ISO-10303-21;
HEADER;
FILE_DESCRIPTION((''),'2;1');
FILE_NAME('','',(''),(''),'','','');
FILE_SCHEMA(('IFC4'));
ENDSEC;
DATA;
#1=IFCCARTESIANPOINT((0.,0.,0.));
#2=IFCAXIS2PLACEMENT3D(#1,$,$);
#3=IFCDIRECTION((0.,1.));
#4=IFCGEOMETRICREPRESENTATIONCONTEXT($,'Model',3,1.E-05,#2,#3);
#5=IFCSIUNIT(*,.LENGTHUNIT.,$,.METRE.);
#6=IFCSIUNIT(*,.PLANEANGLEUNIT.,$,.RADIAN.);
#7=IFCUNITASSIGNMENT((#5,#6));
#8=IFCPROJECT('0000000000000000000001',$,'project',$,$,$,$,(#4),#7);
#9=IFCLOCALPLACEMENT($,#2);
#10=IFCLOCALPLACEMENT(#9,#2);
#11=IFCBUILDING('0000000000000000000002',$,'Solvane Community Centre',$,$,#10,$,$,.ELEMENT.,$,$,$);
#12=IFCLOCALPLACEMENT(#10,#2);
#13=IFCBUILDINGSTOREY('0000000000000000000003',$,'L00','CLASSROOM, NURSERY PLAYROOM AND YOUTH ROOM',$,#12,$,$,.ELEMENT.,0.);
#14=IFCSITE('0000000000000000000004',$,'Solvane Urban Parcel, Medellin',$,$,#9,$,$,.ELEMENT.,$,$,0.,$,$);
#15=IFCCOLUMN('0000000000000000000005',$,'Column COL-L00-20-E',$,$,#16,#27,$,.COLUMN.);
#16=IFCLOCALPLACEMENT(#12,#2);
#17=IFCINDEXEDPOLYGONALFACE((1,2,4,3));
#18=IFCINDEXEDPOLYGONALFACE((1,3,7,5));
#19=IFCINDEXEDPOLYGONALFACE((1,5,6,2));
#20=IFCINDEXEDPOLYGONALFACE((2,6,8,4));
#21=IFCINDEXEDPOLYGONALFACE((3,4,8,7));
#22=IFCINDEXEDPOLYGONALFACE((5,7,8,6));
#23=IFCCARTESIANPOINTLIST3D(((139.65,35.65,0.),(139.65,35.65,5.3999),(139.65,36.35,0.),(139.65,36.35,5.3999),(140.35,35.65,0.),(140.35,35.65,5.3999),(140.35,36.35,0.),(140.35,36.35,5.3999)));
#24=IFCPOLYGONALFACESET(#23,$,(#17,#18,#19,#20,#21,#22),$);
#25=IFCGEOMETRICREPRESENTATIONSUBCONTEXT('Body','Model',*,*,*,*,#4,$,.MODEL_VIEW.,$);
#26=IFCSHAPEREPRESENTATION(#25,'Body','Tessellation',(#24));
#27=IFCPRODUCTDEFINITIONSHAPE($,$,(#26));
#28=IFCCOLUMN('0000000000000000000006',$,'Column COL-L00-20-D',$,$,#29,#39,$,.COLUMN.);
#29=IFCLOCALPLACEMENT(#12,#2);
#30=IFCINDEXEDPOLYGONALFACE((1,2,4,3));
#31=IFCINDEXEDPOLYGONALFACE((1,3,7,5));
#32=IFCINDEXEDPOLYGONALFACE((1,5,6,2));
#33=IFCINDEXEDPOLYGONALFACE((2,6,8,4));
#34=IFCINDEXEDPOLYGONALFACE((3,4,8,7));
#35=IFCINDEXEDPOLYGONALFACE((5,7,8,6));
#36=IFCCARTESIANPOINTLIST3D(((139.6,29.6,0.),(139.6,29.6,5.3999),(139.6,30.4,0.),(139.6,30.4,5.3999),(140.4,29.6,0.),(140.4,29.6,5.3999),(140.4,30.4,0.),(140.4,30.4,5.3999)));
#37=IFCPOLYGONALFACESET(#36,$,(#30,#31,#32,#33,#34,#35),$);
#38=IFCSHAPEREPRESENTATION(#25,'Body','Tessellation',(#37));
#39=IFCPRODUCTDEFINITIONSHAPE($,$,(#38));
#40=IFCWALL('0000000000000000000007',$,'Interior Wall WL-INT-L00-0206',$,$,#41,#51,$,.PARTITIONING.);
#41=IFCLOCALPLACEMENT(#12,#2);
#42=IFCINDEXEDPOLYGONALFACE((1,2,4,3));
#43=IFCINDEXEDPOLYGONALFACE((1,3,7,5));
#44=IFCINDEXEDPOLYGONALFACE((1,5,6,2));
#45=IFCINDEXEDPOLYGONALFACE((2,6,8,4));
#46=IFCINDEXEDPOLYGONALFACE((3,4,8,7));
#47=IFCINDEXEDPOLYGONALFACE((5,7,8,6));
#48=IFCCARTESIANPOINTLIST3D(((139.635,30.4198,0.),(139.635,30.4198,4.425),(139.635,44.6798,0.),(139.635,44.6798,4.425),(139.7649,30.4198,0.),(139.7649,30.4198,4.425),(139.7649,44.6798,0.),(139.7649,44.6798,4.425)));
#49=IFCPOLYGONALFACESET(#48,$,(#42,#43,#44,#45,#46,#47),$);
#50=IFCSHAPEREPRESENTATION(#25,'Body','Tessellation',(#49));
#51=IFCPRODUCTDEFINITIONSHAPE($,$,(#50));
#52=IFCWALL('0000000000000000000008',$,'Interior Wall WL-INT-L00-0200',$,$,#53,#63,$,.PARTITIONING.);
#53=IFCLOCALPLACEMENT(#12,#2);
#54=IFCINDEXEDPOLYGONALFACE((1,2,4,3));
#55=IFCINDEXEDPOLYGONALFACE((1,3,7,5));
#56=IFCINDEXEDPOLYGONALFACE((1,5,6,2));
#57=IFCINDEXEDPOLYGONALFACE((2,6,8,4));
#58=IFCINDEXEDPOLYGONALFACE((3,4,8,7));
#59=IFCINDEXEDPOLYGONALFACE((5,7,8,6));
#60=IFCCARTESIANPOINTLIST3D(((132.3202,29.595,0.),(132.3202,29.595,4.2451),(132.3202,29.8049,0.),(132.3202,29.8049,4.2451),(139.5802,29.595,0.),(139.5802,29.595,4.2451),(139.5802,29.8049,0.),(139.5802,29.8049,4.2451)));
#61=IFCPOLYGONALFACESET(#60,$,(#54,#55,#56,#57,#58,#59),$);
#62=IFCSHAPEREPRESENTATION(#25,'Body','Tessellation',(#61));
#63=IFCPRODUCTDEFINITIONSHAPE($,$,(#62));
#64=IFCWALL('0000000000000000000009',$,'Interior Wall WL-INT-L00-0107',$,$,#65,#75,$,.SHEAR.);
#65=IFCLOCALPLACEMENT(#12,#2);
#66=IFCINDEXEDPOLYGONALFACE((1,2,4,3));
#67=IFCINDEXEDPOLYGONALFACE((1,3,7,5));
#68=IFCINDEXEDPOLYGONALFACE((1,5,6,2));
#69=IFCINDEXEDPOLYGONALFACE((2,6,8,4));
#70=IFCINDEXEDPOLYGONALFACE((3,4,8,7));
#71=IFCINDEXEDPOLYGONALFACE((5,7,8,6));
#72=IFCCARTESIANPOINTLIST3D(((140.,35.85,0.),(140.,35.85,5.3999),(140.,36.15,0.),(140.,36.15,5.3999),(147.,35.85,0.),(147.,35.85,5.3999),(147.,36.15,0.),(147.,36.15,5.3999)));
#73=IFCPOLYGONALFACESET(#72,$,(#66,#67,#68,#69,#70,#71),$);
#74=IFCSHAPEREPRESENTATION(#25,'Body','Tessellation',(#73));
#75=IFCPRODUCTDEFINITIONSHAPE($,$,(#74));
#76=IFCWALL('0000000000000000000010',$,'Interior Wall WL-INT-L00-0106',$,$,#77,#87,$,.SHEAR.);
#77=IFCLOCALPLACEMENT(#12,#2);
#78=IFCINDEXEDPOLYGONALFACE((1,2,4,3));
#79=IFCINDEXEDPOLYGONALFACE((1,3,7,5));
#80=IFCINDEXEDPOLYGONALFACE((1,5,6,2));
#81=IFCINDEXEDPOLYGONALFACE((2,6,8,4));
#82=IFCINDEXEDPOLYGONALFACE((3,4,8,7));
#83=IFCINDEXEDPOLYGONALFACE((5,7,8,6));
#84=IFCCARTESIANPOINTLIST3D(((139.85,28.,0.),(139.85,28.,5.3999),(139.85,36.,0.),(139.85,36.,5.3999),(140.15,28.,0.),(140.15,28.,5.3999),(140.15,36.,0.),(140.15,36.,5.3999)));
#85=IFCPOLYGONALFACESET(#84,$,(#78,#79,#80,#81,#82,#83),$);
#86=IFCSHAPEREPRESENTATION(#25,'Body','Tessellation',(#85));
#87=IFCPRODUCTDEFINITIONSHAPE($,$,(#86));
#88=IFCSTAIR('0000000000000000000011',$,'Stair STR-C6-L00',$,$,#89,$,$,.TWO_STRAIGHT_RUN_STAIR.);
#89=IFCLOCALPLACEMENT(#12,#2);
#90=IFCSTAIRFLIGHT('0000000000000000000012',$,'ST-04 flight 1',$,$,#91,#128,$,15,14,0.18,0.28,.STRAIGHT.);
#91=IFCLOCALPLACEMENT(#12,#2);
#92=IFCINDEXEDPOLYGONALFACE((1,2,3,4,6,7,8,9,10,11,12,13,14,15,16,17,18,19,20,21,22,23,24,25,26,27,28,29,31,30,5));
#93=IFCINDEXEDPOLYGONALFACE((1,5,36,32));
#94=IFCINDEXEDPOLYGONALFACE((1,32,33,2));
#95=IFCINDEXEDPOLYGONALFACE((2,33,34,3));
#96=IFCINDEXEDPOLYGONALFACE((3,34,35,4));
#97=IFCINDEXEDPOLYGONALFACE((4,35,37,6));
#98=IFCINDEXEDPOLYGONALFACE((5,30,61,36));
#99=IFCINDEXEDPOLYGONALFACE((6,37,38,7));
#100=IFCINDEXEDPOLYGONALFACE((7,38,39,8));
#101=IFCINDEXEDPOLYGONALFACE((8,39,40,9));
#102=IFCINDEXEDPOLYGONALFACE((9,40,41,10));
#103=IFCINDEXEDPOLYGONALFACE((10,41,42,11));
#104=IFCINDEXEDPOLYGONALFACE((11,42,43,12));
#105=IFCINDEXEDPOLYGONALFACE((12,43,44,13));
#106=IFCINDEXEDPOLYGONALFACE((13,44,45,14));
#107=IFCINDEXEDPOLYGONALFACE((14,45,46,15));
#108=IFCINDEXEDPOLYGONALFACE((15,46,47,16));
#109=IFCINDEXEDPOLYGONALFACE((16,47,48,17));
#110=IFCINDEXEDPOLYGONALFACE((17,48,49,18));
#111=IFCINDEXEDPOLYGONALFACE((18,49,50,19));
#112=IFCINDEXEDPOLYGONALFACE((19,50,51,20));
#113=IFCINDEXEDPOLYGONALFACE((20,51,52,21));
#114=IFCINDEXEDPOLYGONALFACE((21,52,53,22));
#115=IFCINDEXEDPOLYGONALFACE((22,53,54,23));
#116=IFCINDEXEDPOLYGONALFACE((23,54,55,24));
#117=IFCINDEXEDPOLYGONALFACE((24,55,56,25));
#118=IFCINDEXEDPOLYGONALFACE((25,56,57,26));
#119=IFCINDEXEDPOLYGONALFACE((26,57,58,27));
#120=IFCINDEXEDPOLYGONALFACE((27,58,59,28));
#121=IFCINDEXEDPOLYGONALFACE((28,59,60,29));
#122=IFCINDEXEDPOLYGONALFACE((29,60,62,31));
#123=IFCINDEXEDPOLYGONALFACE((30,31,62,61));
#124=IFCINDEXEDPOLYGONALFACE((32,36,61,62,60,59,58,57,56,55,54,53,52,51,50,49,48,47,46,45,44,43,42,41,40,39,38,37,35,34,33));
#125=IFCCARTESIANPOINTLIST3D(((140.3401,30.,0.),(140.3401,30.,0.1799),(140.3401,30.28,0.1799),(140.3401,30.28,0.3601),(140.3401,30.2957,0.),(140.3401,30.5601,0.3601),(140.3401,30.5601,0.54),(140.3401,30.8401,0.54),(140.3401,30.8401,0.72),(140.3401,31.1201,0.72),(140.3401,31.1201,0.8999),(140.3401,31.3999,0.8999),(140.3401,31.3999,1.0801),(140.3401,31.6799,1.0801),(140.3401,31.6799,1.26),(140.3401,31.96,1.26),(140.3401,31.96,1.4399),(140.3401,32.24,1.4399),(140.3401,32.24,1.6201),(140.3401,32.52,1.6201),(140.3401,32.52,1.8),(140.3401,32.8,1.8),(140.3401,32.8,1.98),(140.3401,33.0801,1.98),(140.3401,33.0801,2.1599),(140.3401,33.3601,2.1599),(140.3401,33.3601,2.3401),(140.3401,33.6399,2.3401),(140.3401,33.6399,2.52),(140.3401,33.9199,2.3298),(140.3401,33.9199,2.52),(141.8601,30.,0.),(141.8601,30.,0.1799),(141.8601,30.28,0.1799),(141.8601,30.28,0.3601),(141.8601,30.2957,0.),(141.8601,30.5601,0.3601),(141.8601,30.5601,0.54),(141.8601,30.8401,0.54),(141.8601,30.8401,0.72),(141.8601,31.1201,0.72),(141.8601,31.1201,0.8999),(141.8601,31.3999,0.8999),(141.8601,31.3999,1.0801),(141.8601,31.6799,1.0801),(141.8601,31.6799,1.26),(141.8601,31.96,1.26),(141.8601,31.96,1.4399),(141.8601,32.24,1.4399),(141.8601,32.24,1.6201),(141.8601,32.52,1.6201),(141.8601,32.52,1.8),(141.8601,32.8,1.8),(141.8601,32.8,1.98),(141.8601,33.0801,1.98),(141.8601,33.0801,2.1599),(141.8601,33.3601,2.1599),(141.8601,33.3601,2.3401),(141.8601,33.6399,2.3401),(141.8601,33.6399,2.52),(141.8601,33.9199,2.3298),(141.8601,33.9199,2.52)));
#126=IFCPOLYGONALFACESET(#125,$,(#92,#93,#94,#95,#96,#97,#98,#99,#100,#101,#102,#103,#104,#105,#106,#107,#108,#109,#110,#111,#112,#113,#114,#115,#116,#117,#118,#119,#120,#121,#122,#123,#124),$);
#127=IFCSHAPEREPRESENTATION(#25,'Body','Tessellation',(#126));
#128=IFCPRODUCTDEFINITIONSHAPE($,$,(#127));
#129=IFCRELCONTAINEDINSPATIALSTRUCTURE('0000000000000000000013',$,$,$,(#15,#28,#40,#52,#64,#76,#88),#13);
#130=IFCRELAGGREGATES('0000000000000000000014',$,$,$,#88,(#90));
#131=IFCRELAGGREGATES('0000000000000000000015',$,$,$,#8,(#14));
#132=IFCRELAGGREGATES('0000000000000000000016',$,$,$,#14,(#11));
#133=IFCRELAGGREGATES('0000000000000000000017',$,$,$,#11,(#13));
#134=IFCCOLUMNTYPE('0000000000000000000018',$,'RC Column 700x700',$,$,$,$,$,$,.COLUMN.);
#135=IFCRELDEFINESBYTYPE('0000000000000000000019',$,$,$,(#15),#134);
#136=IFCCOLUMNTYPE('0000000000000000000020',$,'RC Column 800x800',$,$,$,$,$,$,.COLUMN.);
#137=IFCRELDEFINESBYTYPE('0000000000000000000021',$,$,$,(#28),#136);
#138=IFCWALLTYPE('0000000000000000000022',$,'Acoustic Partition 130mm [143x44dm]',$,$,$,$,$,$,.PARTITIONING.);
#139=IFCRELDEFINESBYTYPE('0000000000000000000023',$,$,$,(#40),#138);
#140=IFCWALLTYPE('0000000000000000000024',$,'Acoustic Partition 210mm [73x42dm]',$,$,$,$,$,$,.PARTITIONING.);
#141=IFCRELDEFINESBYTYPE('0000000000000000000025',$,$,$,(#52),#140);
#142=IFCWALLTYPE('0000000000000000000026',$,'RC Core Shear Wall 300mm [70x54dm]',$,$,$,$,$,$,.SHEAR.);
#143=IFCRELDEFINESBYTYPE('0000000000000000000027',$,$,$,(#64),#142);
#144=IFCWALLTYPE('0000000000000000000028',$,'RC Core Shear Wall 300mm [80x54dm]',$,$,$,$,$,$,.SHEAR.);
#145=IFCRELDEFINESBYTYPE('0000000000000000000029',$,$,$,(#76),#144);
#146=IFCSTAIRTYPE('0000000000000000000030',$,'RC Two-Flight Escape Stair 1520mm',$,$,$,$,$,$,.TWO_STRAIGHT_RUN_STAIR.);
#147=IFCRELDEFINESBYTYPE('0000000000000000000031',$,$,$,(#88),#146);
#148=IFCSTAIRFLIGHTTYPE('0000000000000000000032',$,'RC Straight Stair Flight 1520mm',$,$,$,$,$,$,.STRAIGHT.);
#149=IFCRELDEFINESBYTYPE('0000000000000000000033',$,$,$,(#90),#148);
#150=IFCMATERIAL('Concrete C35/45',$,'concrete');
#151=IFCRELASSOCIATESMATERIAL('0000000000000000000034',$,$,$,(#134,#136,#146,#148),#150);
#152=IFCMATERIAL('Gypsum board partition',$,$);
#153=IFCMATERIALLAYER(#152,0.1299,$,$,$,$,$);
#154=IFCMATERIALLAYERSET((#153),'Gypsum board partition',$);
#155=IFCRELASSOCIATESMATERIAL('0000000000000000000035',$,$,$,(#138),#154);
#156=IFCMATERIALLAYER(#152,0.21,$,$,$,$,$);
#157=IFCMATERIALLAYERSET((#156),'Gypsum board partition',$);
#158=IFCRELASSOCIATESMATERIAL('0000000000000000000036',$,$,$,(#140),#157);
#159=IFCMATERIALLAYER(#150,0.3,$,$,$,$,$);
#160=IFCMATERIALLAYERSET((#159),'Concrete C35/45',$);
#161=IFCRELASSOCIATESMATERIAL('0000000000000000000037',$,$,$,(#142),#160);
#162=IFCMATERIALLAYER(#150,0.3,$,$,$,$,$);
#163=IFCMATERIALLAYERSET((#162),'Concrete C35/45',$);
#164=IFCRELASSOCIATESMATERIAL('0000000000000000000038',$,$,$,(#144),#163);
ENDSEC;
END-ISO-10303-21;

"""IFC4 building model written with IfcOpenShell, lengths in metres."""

from ifc_helpers import new_model, si_unit, direction, frame, frame_2d, origin, origin_2d, place, context, subcontext, project, spatial, polyline, rectangle, outline, extrude, material, layer, layer_set, material_profile, profile_set, type_object, element, aggregate, save


model = new_model("IFC4")

# Units and contexts
model_context = context("Model", 3, precision=1e-05, world=origin(), true_north=direction((0.0, 1.0)))
body_context = subcontext(model_context, "Body", "Model", "MODEL_VIEW")
ifc_project = project(units=[si_unit("LENGTHUNIT", "METRE"), si_unit("PLANEANGLEUNIT", "RADIAN")], contexts=[model_context])

# Site, building, storey
site_placement = place(None, origin())
site = spatial("IfcSite", under=ifc_project, at=site_placement, Name="Solvane Urban Parcel, Medellin", CompositionType="ELEMENT", RefElevation=0.0)
building_placement = place(site_placement, origin())
building = spatial("IfcBuilding", under=site, at=building_placement, Name="Solvane Community Centre", CompositionType="ELEMENT")
storey_placement = place(building_placement, origin())
storey = spatial("IfcBuildingStorey", under=building, at=storey_placement, Name="L00", Description="CLASSROOM, NURSERY PLAYROOM AND YOUTH ROOM", CompositionType="ELEMENT", Elevation=0.0)

# Columns
ifc_material_1 = material(Name="Concrete C35/45", Category="concrete")
ifc_material_profile_1 = material_profile(ifc_material_1, rectangle(XDim=0.7, YDim=0.7, at=origin_2d()), Name="RC 700x700")
ifc_profile_set_1 = profile_set([ifc_material_profile_1], Name="Concrete C35/45")
column_type_1 = type_object("IfcColumnType", Name="RC Column 700x700", PredefinedType="COLUMN", material=ifc_profile_set_1)
column_1_placement = place(storey_placement, frame((140.0, 36.0, 0.0), z_axis=(0.0, 0.0, 1.0), x_axis=(1.0, 0.0, 0.0)))
element("IfcColumn", 1, at=column_1_placement, inside=storey, type_object=column_type_1, Name="Column COL-L00-20-E", PredefinedType="COLUMN", context=body_context, shape_type="SweptSolid", body=[
    extrude(rectangle(XDim=0.7, YDim=0.7, at=origin_2d()), origin(), (0.0, 0.0, 1.0), 5.3999),
])
ifc_material_profile_2 = material_profile(ifc_material_1, rectangle(XDim=0.8, YDim=0.8, at=origin_2d()), Name="RC 800x800")
ifc_profile_set_2 = profile_set([ifc_material_profile_2], Name="Concrete C35/45")
column_type_2 = type_object("IfcColumnType", Name="RC Column 800x800", PredefinedType="COLUMN", material=ifc_profile_set_2)
column_2_placement = place(storey_placement, frame((140.0, 30.0, 0.0), z_axis=(0.0, 0.0, 1.0), x_axis=(1.0, 0.0, 0.0)))
element("IfcColumn", 2, at=column_2_placement, inside=storey, type_object=column_type_2, Name="Column COL-L00-20-D", PredefinedType="COLUMN", context=body_context, shape_type="SweptSolid", body=[
    extrude(rectangle(XDim=0.8, YDim=0.8, at=origin_2d()), origin(), (0.0, 0.0, 1.0), 5.3999),
])

# Walls
ifc_material_2 = material(Name="Gypsum board partition")
ifc_layer_1 = layer(ifc_material_2, 0.1299)
ifc_layer_set_1 = layer_set([ifc_layer_1], Name="Gypsum board partition")
wall_type_1 = type_object("IfcWallType", Name="Acoustic Partition 130mm [143x44dm]", PredefinedType="PARTITIONING", material=ifc_layer_set_1)
wall_1_placement = place(storey_placement, frame((139.7, 30.4199, 0.0), z_axis=(0.0, 0.0, 1.0), x_axis=(0.0, 1.0, 0.0)))
element("IfcWall", 3, at=wall_1_placement, inside=storey, type_object=wall_type_1, Name="Interior Wall WL-INT-L00-0206", PredefinedType="PARTITIONING", context=body_context, shape_type="SweptSolid", body=[
    extrude(rectangle(XDim=14.26, YDim=0.1299, at=frame_2d((7.1299, 0.0))), origin(), (0.0, 0.0, 1.0), 4.425),
])
ifc_layer_2 = layer(ifc_material_2, 0.21)
ifc_layer_set_2 = layer_set([ifc_layer_2], Name="Gypsum board partition")
wall_type_2 = type_object("IfcWallType", Name="Acoustic Partition 210mm [73x42dm]", PredefinedType="PARTITIONING", material=ifc_layer_set_2)
wall_2_placement = place(storey_placement, frame((139.5801, 29.7, 0.0), z_axis=(0.0, 0.0, 1.0), x_axis=(-1.0, 0.0, 0.0)))
element("IfcWall", 4, at=wall_2_placement, inside=storey, type_object=wall_type_2, Name="Interior Wall WL-INT-L00-0200", PredefinedType="PARTITIONING", context=body_context, shape_type="SweptSolid", body=[
    extrude(rectangle(XDim=7.26, YDim=0.21, at=frame_2d((3.6299, 0.0))), origin(), (0.0, 0.0, 1.0), 4.2451),
])
ifc_layer_3 = layer(ifc_material_1, 0.3)
ifc_layer_set_3 = layer_set([ifc_layer_3], Name="Concrete C35/45")
wall_type_3 = type_object("IfcWallType", Name="RC Core Shear Wall 300mm [70x54dm]", PredefinedType="SHEAR", material=ifc_layer_set_3)
wall_3_placement = place(storey_placement, frame((140.0, 36.0, 0.0), z_axis=(0.0, 0.0, 1.0), x_axis=(1.0, 0.0, 0.0)))
element("IfcWall", 5, at=wall_3_placement, inside=storey, type_object=wall_type_3, Name="Interior Wall WL-INT-L00-0107", PredefinedType="SHEAR", context=body_context, shape_type="SweptSolid", body=[
    extrude(rectangle(XDim=7.0, YDim=0.3, at=frame_2d((3.5, 0.0))), origin(), (0.0, 0.0, 1.0), 5.3999),
])
ifc_layer_4 = layer(ifc_material_1, 0.3)
ifc_layer_set_4 = layer_set([ifc_layer_4], Name="Concrete C35/45")
wall_type_4 = type_object("IfcWallType", Name="RC Core Shear Wall 300mm [80x54dm]", PredefinedType="SHEAR", material=ifc_layer_set_4)
wall_4_placement = place(storey_placement, frame((140.0, 28.0, 0.0), z_axis=(0.0, 0.0, 1.0), x_axis=(0.0, 1.0, 0.0)))
element("IfcWall", 6, at=wall_4_placement, inside=storey, type_object=wall_type_4, Name="Interior Wall WL-INT-L00-0106", PredefinedType="SHEAR", context=body_context, shape_type="SweptSolid", body=[
    extrude(rectangle(XDim=8.0, YDim=0.3, at=frame_2d((4.0, 0.0))), origin(), (0.0, 0.0, 1.0), 5.3999),
])

# Stair, stair flight
stair_type = type_object("IfcStairType", Name="RC Two-Flight Escape Stair 1520mm", PredefinedType="TWO_STRAIGHT_RUN_STAIR", material=ifc_material_1)
stair_placement = place(storey_placement, origin())
stair = element("IfcStair", 7, at=stair_placement, inside=storey, type_object=stair_type, Name="Stair STR-C6-L00", PredefinedType="TWO_STRAIGHT_RUN_STAIR")
stair_flight_type = type_object("IfcStairFlightType", Name="RC Straight Stair Flight 1520mm", PredefinedType="STRAIGHT", material=ifc_material_1)
stair_flight_placement = place(storey_placement, frame((141.1001, 30.0, 0.0), z_axis=(0.0, 0.0, 1.0), x_axis=(0.0, 1.0, 0.0)))
stair_flight = element("IfcStairFlight", 8, at=stair_flight_placement, type_object=stair_flight_type, Name="ST-04 flight 1", NumberOfRisers=15, NumberOfTreads=14, PredefinedType="STRAIGHT", RiserHeight=0.18, TreadLength=0.28, context=body_context, shape_type="SweptSolid", body=[
    extrude(outline(polyline([(0.0, 0.0), (0.0, 0.1799), (0.28, 0.1799), (0.28, 0.3601), (0.5601, 0.3601), (0.5601, 0.54), (0.8401, 0.54), (0.8401, 0.72), (1.1201, 0.72), (1.1201, 0.8999), (1.3999, 0.8999), (1.3999, 1.0801), (1.6799, 1.0801), (1.6799, 1.26), (1.96, 1.26), (1.96, 1.4399), (2.24, 1.4399), (2.24, 1.6201), (2.52, 1.6201), (2.52, 1.8), (2.8, 1.8), (2.8, 1.98), (3.0801, 1.98), (3.0801, 2.1599), (3.3601, 2.1599), (3.3601, 2.3401), (3.6399, 2.3401), (3.6399, 2.52), (3.9199, 2.52), (3.9199, 2.7), (3.9199, 2.3298), (0.2957, 0.0), (0.0, 0.0)])), frame((0.0, 0.76, 0.0), z_axis=(0.0, -1.0, 0.0), x_axis=(1.0, 0.0, 0.0)), (0.0, 0.0, 1.0), 1.52),
])
aggregate(stair, [stair_flight])

save(model, "model.ifc")
